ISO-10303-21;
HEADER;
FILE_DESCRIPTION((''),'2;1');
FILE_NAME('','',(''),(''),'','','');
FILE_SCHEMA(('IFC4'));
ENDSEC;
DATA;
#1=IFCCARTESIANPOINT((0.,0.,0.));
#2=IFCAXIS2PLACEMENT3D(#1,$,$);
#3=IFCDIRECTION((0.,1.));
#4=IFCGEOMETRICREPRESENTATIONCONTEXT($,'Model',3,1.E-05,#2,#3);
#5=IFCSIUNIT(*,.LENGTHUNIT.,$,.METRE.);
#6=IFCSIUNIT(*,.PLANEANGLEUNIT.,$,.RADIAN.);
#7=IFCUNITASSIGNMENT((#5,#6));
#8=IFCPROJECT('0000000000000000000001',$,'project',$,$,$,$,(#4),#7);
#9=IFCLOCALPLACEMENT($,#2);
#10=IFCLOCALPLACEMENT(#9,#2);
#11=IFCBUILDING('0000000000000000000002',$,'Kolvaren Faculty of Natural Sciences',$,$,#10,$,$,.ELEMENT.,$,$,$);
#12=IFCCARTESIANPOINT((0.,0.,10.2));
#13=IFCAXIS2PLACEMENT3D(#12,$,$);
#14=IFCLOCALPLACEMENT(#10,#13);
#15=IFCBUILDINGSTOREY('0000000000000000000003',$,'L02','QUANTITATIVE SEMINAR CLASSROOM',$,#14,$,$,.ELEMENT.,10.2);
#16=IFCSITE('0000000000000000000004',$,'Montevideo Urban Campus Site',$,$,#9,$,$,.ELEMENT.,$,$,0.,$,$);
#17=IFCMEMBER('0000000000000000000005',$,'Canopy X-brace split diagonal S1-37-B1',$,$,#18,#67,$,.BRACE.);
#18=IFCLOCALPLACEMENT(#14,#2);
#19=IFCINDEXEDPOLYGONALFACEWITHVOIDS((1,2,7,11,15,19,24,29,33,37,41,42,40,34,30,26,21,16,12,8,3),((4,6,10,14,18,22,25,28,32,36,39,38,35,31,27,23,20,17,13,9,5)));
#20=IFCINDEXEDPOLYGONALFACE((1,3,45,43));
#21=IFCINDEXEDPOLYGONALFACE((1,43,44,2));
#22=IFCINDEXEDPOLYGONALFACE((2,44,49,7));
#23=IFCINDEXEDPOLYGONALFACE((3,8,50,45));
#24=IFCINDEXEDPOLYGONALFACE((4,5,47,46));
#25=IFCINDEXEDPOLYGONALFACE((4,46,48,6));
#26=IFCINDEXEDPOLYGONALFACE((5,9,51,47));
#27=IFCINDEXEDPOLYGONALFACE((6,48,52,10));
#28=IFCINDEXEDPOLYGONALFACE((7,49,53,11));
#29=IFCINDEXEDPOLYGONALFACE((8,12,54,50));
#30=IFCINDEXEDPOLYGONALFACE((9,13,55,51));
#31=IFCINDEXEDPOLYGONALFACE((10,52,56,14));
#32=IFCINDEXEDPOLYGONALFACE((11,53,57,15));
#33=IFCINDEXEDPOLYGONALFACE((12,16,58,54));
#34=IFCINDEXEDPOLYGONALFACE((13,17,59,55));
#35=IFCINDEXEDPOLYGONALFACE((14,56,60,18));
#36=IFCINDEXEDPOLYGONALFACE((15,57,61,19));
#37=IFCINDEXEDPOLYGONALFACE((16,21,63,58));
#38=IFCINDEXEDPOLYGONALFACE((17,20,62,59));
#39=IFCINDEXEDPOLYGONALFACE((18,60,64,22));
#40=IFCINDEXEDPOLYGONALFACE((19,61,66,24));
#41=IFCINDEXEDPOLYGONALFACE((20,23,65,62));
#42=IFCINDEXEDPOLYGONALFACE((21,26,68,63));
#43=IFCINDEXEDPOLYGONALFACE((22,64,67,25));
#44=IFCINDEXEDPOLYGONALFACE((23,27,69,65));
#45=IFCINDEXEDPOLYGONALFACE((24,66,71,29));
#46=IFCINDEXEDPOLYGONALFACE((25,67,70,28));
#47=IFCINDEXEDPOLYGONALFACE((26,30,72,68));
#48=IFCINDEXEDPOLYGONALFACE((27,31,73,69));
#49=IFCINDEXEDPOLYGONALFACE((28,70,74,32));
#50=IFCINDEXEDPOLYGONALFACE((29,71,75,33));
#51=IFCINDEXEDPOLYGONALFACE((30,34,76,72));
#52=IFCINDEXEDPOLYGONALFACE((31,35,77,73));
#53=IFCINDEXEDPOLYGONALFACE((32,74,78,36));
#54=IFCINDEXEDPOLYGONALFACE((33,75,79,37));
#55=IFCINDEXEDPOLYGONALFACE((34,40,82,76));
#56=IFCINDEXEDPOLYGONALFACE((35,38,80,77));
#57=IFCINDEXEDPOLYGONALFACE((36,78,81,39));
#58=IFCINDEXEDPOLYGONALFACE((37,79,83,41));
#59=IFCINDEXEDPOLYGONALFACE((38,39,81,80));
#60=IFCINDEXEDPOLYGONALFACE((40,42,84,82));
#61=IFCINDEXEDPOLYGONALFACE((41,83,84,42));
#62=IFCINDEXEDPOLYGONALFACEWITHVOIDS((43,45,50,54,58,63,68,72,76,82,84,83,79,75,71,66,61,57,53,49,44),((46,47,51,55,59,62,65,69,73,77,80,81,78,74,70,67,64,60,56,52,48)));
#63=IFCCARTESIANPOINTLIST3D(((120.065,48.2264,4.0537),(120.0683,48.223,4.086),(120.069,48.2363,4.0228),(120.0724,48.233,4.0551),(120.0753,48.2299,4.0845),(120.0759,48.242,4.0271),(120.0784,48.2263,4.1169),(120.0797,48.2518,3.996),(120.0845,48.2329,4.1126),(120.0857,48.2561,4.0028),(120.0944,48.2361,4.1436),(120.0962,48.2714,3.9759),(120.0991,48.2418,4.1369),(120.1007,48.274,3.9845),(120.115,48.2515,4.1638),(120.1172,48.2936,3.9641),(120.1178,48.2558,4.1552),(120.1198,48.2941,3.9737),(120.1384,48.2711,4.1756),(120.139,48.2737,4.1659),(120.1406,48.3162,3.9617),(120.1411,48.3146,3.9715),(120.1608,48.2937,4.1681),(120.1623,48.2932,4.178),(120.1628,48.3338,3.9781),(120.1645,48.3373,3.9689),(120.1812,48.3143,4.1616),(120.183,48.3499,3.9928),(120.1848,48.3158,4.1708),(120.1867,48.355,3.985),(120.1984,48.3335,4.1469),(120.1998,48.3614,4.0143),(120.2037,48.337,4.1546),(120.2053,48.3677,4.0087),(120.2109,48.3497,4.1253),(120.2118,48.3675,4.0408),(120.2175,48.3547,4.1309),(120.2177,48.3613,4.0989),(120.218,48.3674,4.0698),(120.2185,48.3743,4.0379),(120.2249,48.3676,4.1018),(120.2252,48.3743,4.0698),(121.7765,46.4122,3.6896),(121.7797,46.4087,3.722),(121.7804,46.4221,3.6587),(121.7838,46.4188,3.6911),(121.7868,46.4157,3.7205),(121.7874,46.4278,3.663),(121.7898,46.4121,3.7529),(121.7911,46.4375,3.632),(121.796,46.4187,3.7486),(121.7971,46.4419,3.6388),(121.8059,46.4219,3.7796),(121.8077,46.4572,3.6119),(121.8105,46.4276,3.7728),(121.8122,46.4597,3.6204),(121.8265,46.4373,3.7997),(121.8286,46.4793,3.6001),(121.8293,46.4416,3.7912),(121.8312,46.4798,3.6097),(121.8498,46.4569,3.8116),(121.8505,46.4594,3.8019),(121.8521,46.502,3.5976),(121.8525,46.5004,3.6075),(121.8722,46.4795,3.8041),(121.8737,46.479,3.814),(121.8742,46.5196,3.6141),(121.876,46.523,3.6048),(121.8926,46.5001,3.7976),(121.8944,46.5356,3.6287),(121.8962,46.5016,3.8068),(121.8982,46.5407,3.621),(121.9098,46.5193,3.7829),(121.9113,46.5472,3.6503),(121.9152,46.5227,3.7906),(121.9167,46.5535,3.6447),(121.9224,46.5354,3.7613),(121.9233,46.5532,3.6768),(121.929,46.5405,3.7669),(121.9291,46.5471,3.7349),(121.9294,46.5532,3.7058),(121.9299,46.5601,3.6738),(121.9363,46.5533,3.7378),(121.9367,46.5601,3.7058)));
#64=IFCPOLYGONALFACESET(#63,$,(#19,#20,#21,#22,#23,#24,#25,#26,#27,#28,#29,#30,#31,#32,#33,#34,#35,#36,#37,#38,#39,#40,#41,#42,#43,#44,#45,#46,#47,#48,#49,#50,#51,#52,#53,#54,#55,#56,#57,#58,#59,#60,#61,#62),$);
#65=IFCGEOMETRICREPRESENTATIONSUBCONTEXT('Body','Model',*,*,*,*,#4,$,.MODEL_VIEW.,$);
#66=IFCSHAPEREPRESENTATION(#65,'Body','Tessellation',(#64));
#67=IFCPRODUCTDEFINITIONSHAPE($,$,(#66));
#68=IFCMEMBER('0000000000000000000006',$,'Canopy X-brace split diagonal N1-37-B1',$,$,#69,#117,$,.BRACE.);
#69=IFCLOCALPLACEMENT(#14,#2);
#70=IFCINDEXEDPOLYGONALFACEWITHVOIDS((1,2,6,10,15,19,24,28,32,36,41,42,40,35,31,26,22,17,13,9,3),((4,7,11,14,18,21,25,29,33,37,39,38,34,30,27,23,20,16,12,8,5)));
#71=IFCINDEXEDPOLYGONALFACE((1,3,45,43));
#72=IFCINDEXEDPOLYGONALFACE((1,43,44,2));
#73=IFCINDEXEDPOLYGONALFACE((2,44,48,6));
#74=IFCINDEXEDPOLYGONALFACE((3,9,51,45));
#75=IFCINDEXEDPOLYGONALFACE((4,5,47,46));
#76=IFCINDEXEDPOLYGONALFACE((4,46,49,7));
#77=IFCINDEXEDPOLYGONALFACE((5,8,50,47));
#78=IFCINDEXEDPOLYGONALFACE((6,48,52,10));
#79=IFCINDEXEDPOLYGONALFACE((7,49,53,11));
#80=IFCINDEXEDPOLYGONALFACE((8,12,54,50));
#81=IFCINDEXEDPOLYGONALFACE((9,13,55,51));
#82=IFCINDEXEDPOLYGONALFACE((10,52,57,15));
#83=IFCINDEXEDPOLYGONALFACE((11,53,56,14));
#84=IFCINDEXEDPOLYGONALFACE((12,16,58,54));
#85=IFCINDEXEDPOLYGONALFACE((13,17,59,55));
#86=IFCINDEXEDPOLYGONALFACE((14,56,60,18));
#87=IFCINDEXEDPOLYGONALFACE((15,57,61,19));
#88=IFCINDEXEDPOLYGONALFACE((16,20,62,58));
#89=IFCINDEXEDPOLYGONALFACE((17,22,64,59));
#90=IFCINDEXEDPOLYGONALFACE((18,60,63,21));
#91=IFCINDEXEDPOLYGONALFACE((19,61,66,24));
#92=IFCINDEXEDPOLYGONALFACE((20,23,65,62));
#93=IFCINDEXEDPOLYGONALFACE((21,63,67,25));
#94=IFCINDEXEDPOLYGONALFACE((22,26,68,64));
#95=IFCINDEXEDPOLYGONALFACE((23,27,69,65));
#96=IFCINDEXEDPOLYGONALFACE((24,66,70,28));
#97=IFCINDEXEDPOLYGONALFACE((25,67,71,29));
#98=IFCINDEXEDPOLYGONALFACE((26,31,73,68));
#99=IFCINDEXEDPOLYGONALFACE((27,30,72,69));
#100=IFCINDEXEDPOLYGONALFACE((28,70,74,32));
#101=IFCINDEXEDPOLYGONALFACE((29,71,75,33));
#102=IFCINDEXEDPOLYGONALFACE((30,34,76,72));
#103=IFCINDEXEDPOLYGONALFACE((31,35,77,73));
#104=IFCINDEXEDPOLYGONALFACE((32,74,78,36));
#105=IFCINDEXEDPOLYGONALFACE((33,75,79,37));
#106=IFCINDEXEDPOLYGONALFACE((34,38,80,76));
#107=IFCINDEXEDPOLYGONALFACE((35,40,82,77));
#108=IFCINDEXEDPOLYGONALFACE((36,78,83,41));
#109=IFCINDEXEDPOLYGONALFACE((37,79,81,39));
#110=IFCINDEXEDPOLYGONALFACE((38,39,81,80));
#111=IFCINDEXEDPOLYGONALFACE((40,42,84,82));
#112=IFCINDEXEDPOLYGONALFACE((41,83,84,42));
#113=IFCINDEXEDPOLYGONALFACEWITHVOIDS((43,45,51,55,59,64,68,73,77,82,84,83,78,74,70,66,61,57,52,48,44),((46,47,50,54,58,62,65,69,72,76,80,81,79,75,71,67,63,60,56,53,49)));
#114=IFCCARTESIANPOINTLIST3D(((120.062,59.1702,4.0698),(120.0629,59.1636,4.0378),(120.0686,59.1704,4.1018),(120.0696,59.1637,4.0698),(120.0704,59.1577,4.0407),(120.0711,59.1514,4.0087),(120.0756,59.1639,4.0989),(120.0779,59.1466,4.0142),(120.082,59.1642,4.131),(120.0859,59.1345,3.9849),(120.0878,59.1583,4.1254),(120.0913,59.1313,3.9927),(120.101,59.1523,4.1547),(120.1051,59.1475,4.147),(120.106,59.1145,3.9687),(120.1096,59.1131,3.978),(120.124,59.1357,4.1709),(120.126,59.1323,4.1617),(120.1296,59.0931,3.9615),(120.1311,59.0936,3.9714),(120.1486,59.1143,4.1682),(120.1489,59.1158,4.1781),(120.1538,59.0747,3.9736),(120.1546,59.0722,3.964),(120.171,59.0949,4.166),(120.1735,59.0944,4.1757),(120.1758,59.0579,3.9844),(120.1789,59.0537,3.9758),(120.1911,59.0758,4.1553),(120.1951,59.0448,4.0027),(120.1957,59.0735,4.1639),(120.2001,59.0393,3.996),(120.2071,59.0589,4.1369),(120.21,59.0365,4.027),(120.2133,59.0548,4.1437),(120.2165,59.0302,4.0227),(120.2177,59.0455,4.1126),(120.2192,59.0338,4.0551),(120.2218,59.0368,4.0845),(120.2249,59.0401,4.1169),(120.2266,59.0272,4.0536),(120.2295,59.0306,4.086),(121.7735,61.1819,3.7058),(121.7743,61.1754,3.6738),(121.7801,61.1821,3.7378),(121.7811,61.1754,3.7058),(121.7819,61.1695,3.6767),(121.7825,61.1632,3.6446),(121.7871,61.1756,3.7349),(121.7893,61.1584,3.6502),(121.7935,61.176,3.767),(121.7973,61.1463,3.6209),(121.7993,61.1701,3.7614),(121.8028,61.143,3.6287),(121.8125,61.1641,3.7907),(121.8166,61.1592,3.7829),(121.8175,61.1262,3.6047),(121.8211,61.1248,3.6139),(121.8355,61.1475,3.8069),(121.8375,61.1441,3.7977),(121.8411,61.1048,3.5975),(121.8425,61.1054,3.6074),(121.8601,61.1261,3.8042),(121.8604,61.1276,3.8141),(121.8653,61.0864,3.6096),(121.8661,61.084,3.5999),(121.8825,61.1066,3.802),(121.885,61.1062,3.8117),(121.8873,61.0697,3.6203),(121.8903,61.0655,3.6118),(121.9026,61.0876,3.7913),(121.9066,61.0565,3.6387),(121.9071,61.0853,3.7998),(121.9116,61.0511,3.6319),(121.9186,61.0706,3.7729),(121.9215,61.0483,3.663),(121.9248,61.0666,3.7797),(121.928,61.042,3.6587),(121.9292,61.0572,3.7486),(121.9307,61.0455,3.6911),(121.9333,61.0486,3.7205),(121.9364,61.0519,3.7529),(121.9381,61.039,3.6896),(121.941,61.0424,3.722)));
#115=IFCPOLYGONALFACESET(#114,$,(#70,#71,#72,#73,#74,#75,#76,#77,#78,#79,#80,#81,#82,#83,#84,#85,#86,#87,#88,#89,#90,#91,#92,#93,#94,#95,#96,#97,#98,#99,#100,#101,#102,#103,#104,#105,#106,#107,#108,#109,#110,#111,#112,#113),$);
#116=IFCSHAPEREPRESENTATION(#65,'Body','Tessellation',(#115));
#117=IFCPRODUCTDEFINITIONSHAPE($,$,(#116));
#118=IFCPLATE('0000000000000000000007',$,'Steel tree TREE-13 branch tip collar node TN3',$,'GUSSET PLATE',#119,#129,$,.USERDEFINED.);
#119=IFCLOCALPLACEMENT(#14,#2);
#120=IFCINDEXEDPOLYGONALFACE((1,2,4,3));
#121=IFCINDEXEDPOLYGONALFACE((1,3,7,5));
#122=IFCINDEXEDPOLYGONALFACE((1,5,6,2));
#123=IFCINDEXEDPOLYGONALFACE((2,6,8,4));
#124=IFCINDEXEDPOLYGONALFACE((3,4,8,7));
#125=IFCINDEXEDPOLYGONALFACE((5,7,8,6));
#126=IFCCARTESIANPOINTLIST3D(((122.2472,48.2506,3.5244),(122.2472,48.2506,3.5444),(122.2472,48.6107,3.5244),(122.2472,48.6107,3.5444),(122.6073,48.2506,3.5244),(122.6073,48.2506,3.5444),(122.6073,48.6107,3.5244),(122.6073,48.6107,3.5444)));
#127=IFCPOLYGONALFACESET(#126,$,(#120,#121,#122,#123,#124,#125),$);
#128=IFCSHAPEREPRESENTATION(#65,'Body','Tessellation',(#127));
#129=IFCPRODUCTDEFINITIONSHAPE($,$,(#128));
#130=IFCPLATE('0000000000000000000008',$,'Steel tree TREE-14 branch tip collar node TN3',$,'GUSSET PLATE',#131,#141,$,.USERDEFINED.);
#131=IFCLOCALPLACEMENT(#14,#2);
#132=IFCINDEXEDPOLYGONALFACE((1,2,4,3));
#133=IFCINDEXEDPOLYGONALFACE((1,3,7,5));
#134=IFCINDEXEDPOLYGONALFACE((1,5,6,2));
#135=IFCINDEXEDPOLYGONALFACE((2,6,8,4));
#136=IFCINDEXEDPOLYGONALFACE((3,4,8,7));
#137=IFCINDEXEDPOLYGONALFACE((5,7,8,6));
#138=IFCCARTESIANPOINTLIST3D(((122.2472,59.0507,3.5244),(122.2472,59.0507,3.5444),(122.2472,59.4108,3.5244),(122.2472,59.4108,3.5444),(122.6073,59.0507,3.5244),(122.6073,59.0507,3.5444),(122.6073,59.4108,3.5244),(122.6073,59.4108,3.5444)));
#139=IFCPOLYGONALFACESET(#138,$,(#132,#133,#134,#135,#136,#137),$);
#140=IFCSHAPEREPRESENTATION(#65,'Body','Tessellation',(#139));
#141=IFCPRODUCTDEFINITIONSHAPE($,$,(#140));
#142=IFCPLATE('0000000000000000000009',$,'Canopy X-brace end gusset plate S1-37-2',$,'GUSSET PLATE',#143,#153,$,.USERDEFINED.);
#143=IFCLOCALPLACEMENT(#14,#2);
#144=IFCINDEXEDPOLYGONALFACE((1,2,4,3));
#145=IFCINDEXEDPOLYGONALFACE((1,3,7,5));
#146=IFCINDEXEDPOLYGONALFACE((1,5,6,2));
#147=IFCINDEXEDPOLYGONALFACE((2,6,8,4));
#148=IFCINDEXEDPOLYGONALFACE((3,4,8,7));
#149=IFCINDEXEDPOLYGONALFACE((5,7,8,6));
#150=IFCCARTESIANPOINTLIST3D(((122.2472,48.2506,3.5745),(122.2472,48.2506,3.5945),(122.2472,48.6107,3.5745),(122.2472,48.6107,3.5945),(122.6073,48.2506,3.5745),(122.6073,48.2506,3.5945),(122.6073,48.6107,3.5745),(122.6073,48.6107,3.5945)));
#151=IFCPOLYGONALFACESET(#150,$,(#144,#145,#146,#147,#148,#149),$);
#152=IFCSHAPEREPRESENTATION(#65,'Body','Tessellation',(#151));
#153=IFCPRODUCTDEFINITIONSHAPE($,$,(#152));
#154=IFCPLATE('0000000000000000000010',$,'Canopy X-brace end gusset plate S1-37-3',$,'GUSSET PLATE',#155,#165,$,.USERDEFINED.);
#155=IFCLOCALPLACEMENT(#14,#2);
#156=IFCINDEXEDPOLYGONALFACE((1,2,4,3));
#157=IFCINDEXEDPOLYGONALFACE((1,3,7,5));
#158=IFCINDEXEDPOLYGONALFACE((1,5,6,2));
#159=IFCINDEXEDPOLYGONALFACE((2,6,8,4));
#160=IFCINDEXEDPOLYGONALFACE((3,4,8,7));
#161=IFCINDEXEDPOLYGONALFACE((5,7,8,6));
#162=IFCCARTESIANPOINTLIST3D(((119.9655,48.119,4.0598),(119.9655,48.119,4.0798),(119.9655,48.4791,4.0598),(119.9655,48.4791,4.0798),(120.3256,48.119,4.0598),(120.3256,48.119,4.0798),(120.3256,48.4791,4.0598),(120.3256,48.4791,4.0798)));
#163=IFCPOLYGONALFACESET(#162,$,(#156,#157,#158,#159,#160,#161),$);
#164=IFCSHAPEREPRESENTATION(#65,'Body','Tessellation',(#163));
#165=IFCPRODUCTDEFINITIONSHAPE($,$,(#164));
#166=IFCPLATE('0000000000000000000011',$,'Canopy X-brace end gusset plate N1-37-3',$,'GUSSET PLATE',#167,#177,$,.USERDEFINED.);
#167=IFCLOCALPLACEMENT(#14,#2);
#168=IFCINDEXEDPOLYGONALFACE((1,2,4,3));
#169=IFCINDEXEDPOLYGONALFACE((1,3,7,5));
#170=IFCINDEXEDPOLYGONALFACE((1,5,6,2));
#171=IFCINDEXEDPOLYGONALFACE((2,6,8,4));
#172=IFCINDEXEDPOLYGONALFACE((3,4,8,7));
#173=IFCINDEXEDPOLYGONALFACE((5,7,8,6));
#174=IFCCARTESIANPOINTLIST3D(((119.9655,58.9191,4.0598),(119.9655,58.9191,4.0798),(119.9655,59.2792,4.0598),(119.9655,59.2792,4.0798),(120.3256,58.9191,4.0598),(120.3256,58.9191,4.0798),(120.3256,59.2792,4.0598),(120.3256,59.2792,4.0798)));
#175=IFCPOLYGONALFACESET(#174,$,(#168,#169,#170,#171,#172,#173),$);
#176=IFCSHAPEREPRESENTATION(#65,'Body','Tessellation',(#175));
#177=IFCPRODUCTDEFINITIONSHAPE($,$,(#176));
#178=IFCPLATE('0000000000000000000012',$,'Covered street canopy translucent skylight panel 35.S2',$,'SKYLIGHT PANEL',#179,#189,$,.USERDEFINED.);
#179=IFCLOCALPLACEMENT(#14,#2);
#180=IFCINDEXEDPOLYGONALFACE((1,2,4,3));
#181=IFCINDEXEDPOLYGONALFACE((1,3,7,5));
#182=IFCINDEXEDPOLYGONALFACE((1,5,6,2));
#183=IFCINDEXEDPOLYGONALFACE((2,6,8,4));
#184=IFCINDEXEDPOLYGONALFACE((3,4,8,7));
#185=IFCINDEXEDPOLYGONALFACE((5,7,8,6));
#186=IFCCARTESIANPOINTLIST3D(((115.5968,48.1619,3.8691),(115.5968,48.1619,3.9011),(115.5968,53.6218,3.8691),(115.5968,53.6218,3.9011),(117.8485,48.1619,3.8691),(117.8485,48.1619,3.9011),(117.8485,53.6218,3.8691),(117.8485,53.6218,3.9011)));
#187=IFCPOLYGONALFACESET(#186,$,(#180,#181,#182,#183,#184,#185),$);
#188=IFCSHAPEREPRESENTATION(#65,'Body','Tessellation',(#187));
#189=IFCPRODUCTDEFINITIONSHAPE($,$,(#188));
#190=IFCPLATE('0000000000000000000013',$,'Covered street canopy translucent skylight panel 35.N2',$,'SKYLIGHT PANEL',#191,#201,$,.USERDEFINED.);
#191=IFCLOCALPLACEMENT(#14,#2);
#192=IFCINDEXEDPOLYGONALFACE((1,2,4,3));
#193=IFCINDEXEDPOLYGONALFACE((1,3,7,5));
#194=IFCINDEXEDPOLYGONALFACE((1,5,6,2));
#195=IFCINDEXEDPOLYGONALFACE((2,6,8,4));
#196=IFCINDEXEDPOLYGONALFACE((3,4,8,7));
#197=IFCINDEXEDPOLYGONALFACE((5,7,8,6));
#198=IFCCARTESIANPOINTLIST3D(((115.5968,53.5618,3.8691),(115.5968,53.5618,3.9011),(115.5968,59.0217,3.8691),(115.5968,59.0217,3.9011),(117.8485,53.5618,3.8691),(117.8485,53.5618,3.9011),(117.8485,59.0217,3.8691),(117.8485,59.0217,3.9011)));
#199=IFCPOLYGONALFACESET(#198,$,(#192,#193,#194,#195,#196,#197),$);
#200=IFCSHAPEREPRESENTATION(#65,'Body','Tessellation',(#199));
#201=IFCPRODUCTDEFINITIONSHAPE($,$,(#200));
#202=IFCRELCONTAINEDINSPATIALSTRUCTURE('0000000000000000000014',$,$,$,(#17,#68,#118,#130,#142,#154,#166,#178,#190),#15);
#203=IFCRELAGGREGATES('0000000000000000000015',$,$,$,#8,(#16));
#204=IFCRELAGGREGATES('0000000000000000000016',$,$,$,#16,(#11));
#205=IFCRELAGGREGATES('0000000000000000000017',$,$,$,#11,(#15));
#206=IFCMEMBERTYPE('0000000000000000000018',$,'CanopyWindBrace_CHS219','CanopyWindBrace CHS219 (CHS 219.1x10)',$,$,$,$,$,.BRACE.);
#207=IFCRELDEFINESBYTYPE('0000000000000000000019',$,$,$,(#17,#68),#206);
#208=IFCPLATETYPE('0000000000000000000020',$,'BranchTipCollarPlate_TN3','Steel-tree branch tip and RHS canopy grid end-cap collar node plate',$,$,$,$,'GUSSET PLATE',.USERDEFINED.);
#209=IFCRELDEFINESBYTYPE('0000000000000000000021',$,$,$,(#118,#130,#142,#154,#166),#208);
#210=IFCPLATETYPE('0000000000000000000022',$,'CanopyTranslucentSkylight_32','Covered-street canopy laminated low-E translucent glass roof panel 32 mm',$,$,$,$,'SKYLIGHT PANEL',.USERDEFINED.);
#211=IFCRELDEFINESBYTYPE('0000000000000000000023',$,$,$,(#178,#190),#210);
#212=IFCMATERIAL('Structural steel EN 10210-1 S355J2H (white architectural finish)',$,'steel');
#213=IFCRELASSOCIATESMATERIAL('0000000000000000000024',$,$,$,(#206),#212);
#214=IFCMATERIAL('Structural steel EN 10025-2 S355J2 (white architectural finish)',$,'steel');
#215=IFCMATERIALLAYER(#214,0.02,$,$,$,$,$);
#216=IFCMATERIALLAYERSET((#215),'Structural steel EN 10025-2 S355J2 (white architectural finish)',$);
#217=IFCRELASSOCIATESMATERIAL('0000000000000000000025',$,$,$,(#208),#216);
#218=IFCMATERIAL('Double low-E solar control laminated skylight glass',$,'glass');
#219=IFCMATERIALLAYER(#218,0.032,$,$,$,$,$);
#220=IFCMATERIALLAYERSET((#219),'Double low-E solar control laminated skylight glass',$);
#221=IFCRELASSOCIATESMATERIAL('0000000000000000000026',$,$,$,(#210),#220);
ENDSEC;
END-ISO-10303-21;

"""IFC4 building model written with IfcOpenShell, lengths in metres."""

from ifc_helpers import new_model, si_unit, direction, frame, origin, origin_2d, place, context, subcontext, project, spatial, rectangle, hollow_circle, extrude, material, layer, layer_set, material_profile, profile_set, type_object, element, save


model = new_model("IFC4")

# Units and contexts
model_context = context("Model", 3, precision=1e-05, world=origin(), true_north=direction((0.0, 1.0)))
body_context = subcontext(model_context, "Body", "Model", "MODEL_VIEW")
ifc_project = project(units=[si_unit("LENGTHUNIT", "METRE"), si_unit("PLANEANGLEUNIT", "RADIAN")], contexts=[model_context])

# Site, building, storey
site_placement = place(None, origin())
site = spatial("IfcSite", under=ifc_project, at=site_placement, Name="Montevideo Urban Campus Site", CompositionType="ELEMENT", RefElevation=0.0)
building_placement = place(site_placement, origin())
building = spatial("IfcBuilding", under=site, at=building_placement, Name="Kolvaren Faculty of Natural Sciences", CompositionType="ELEMENT")
storey_placement = place(building_placement, frame((0.0, 0.0, 10.2)))
storey = spatial("IfcBuildingStorey", under=building, at=storey_placement, Name="L02", Description="QUANTITATIVE SEMINAR CLASSROOM", CompositionType="ELEMENT", Elevation=10.2)

# Members
ifc_material_1 = material(Name="Structural steel EN 10210-1 S355J2H (white architectural finish)", Category="steel")
ifc_material_profile_1 = material_profile(ifc_material_1, hollow_circle(Radius=0.1096, WallThickness=0.01, at=origin_2d()), Name="CHS 219.1x10")
ifc_profile_set_1 = profile_set([ifc_material_profile_1], Name="Structural steel EN 10210-1 S355J2H (white architectural finish)")
member_type_1 = type_object("IfcMemberType", Name="CanopyWindBrace_CHS219", Description="CanopyWindBrace CHS219 (CHS 219.1x10)", PredefinedType="BRACE", material=ifc_profile_set_1)
member_1_placement = place(storey_placement, frame((120.1455, 48.2991, 4.0698), z_axis=(0.679007, -0.719786, -0.144422), x_axis=(0.727412, 0.686201, 0.0)))
element("IfcMember", 1, at=member_1_placement, inside=storey, type_object=member_type_1, Name="Canopy X-brace split diagonal S1-37-B1", PredefinedType="BRACE", context=body_context, shape_type="SweptSolid", body=[
    extrude(hollow_circle(Radius=0.1096, WallThickness=0.01, at=origin_2d()), origin(), (0.0, 0.0, 1.0), 2.5205),
])
member_2_placement = place(storey_placement, frame((120.1455, 59.0991, 4.0698), z_axis=(0.641903, 0.754533, -0.13653), x_axis=(-0.761666, 0.64797, 0.0)))
element("IfcMember", 2, at=member_2_placement, inside=storey, type_object=member_type_1, Name="Canopy X-brace split diagonal N1-37-B1", PredefinedType="BRACE", context=body_context, shape_type="SweptSolid", body=[
    extrude(hollow_circle(Radius=0.1096, WallThickness=0.01, at=origin_2d()), origin(), (0.0, 0.0, 1.0), 2.6663),
])

# Plates
ifc_material_2 = material(Name="Structural steel EN 10025-2 S355J2 (white architectural finish)", Category="steel")
ifc_layer_1 = layer(ifc_material_2, 0.02)
ifc_layer_set_1 = layer_set([ifc_layer_1], Name="Structural steel EN 10025-2 S355J2 (white architectural finish)")
plate_type_1 = type_object("IfcPlateType", Name="BranchTipCollarPlate_TN3", Description="Steel-tree branch tip and RHS canopy grid end-cap collar node plate", ElementType="GUSSET PLATE", PredefinedType="USERDEFINED", material=ifc_layer_set_1)
for number, where, z_axis, x_axis, name in (
    (3, (122.4272, 48.4307, 3.5244), (0.0, 0.0, 1.0), (1.0, 0.0, 0.0), "Steel tree TREE-13 branch tip collar node TN3"),
    (4, (122.4272, 59.2307, 3.5244), (0.0, 0.0, 1.0), (1.0, 0.0, 0.0), "Steel tree TREE-14 branch tip collar node TN3"),
    (5, (122.4272, 48.4307, 3.5745), (0.0, 0.0, 1.0), (1.0, 0.0, 0.0), "Canopy X-brace end gusset plate S1-37-2"),
    (6, (120.1455, 48.2991, 4.0598), (0.0, 0.0, 1.0), (1.0, 0.0, 0.0), "Canopy X-brace end gusset plate S1-37-3"),
    (7, (120.1455, 59.0991, 4.0598), (0.0, 0.0, 1.0), (1.0, 0.0, 0.0), "Canopy X-brace end gusset plate N1-37-3"),
):
    element("IfcPlate", number, at=place(storey_placement, frame(where, z_axis=z_axis, x_axis=x_axis)), inside=storey, type_object=plate_type_1, Name=name, ObjectType="GUSSET PLATE", PredefinedType="USERDEFINED", context=body_context, shape_type="SweptSolid", body=[
        extrude(rectangle(XDim=0.3601, YDim=0.3601, at=origin_2d()), origin(), (0.0, 0.0, 1.0), 0.02),
    ])
ifc_material_3 = material(Name="Double low-E solar control laminated skylight glass", Category="glass")
ifc_layer_2 = layer(ifc_material_3, 0.032)
ifc_layer_set_2 = layer_set([ifc_layer_2], Name="Double low-E solar control laminated skylight glass")
plate_type_2 = type_object("IfcPlateType", Name="CanopyTranslucentSkylight_32", Description="Covered-street canopy laminated low-E translucent glass roof panel 32 mm", ElementType="SKYLIGHT PANEL", PredefinedType="USERDEFINED", material=ifc_layer_set_2)
for number, where, z_axis, x_axis, name in (
    (8, (116.7227, 50.8918, 3.8691), (0.0, 0.0, 1.0), (1.0, 0.0, 0.0), "Covered street canopy translucent skylight panel 35.S2"),
    (9, (116.7227, 56.2917, 3.8691), (0.0, 0.0, 1.0), (1.0, 0.0, 0.0), "Covered street canopy translucent skylight panel 35.N2"),
):
    element("IfcPlate", number, at=place(storey_placement, frame(where, z_axis=z_axis, x_axis=x_axis)), inside=storey, type_object=plate_type_2, Name=name, ObjectType="SKYLIGHT PANEL", PredefinedType="USERDEFINED", context=body_context, shape_type="SweptSolid", body=[
        extrude(rectangle(XDim=2.2517, YDim=5.46, at=origin_2d()), origin(), (0.0, 0.0, 1.0), 0.032),
    ])

save(model, "model.ifc")
